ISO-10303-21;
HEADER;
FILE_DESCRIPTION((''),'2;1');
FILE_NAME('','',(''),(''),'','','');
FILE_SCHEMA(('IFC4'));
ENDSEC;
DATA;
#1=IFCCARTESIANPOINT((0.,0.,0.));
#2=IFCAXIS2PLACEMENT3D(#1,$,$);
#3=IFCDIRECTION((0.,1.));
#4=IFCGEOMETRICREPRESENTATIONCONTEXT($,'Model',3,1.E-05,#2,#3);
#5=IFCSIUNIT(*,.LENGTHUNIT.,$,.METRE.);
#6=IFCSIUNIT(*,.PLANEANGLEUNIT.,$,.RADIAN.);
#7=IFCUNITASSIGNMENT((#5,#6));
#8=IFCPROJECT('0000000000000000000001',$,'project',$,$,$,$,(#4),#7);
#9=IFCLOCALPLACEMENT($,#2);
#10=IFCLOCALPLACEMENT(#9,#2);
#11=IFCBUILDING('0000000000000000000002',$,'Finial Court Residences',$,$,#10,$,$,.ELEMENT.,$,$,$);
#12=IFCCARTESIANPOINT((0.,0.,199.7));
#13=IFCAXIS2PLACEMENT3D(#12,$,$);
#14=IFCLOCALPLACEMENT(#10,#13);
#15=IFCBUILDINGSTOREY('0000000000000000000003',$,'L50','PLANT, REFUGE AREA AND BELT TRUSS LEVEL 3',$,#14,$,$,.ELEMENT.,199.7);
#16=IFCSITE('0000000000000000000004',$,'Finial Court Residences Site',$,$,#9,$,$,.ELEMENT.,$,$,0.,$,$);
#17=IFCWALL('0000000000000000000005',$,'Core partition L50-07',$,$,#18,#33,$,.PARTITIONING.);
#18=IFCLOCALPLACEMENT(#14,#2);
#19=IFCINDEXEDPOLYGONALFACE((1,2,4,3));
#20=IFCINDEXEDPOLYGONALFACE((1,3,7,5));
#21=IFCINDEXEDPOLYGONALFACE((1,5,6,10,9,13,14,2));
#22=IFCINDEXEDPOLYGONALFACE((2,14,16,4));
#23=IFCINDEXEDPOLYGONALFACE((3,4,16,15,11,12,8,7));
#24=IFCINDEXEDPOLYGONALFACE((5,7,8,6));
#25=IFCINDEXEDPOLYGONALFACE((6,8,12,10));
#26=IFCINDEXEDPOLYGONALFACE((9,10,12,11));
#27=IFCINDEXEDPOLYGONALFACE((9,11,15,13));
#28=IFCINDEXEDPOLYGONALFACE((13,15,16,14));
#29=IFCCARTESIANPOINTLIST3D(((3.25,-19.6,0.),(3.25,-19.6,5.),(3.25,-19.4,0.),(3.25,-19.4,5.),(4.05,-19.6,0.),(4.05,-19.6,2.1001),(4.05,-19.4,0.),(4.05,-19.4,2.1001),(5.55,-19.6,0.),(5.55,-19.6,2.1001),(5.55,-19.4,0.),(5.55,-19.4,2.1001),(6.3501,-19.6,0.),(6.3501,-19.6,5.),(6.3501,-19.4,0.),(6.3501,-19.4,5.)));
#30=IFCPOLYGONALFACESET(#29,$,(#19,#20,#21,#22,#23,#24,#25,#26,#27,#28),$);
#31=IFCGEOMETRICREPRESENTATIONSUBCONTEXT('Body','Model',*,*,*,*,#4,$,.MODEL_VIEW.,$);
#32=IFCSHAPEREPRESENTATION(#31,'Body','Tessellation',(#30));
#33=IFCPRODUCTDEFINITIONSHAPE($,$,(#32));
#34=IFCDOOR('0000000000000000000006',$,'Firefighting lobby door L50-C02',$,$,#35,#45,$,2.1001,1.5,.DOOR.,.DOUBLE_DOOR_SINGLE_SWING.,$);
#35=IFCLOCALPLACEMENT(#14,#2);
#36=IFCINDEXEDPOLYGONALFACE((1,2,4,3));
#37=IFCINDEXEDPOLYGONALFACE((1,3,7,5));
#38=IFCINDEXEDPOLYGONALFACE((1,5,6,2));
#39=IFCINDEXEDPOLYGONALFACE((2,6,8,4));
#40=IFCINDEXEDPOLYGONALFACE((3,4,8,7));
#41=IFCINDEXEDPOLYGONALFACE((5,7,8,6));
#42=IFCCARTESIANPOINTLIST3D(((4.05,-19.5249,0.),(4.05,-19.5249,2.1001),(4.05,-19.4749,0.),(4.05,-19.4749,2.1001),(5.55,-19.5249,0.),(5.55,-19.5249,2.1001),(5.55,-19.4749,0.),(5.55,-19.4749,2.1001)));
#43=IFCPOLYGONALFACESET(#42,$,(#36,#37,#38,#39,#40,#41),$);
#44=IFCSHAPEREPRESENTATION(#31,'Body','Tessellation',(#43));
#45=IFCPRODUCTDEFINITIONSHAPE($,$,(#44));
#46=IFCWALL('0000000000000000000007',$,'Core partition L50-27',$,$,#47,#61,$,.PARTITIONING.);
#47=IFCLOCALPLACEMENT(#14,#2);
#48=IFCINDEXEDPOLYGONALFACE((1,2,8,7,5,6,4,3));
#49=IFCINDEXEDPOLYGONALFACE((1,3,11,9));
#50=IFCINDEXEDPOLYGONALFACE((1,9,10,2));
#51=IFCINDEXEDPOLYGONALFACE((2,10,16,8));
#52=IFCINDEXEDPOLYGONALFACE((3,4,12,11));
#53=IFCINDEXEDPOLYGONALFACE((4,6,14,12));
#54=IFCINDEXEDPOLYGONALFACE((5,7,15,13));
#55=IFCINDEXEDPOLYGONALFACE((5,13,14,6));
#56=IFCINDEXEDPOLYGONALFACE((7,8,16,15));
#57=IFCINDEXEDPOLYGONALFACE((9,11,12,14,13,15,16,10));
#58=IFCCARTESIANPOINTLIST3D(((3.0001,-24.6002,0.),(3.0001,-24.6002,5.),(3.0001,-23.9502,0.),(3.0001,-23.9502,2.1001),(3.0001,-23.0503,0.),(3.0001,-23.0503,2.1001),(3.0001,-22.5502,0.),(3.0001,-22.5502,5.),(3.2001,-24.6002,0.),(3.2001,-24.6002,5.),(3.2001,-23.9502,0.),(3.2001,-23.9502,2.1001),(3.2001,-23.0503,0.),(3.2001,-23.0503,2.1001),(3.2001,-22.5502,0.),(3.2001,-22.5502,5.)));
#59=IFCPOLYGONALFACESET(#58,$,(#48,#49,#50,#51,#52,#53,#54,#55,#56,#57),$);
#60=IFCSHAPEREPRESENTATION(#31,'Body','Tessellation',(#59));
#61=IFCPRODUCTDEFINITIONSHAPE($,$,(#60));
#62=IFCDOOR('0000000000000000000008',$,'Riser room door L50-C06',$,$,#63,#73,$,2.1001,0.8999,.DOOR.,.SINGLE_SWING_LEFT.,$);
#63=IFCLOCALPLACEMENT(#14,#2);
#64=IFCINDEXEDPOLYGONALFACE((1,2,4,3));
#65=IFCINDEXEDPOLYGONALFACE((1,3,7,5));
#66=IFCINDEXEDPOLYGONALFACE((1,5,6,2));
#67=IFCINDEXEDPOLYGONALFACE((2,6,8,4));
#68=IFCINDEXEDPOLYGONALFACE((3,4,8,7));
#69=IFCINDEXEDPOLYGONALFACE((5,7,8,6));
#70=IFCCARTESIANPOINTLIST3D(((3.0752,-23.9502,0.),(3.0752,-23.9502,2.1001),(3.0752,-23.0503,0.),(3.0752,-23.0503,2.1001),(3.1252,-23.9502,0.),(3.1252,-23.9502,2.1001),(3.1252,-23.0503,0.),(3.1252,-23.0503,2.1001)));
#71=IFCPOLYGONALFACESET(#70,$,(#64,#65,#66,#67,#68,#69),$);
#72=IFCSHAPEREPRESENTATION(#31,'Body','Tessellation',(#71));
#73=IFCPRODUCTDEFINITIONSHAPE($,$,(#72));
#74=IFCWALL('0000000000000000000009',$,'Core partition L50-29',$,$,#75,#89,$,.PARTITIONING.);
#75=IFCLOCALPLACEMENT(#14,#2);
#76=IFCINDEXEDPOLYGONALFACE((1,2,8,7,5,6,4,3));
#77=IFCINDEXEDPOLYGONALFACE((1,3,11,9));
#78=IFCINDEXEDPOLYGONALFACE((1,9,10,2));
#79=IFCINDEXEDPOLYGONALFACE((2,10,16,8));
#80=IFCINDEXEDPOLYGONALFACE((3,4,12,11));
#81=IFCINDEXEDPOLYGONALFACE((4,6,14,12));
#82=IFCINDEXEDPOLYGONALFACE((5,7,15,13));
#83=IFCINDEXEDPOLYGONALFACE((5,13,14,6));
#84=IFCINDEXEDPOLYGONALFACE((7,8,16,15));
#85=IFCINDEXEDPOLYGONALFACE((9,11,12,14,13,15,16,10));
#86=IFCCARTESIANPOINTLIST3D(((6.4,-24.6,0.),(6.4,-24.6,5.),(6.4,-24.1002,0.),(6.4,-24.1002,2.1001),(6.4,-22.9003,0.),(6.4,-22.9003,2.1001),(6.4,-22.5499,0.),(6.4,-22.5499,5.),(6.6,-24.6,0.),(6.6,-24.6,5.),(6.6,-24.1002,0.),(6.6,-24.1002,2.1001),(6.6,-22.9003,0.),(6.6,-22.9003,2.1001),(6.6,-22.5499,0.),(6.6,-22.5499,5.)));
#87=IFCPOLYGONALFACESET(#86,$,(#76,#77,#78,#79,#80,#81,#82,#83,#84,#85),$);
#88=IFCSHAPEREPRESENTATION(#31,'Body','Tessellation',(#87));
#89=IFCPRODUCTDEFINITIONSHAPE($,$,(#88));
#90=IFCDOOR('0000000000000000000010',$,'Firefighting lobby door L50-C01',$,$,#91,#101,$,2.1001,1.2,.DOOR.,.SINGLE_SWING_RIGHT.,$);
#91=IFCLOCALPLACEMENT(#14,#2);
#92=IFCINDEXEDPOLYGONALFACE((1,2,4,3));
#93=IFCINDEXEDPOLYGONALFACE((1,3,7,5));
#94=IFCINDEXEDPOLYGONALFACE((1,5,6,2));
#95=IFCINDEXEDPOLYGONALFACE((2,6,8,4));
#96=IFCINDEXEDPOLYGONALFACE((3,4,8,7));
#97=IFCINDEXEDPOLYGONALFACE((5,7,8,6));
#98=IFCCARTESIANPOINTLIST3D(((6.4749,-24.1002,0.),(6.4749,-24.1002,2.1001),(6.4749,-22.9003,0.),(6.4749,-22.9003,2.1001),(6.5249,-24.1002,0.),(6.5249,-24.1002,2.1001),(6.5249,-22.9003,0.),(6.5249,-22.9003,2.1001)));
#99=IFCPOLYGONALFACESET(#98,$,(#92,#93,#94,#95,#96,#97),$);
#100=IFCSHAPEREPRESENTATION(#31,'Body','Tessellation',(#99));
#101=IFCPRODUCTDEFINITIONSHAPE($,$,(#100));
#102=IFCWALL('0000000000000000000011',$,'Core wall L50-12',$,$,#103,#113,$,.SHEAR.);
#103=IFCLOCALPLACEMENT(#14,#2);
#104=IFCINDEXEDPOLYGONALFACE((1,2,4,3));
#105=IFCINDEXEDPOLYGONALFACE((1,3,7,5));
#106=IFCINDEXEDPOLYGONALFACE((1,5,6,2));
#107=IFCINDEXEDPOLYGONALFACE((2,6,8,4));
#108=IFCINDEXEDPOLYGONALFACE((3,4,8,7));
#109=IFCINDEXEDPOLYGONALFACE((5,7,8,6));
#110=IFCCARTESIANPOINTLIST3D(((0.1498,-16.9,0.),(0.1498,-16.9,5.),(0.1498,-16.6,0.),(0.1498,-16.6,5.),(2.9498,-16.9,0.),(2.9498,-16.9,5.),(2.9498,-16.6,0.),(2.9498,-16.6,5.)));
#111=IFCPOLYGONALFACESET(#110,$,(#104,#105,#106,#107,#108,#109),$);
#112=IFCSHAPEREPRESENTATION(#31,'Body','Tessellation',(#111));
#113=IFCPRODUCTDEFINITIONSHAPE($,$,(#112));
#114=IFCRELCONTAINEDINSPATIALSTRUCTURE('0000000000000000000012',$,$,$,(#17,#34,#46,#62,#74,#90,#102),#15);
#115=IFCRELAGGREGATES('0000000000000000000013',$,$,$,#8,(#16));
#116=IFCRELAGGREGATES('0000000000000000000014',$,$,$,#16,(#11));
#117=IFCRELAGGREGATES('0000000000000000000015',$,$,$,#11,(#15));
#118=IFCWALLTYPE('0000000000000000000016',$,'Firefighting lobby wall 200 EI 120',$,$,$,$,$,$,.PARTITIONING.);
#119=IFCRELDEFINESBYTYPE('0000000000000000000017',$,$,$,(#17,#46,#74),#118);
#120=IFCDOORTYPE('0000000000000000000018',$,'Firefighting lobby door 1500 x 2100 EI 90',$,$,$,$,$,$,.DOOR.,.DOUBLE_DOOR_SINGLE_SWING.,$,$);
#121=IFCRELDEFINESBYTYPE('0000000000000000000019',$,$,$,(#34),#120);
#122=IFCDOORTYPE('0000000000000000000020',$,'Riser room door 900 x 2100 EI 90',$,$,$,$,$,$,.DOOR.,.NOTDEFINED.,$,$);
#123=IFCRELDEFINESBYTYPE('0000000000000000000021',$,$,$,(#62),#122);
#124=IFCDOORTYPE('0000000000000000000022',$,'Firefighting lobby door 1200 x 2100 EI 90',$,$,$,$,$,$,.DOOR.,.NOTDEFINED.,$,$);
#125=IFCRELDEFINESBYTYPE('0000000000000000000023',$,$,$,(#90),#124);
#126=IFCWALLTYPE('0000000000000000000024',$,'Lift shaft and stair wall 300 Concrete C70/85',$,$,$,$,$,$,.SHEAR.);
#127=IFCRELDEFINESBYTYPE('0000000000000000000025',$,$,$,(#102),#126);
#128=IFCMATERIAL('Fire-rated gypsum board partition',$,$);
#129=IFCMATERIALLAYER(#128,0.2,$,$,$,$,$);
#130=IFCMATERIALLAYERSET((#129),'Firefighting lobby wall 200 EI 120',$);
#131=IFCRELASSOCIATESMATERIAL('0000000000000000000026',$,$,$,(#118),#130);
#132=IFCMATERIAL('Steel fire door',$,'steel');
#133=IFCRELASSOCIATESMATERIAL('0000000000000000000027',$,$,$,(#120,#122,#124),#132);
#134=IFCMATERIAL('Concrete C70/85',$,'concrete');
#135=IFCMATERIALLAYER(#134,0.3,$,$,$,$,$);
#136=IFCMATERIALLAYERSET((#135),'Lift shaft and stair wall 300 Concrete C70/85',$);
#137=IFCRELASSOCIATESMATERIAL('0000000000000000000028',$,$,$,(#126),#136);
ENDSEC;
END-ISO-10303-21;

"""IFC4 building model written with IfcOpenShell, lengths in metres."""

from ifc_helpers import new_model, si_unit, direction, frame, frame_2d, origin, place, context, subcontext, project, spatial, rectangle, extrude, material, layer, layer_set, type_object, element, fill, save


model = new_model("IFC4")

# Units and contexts
model_context = context("Model", 3, precision=1e-05, world=origin(), true_north=direction((0.0, 1.0)))
body_context = subcontext(model_context, "Body", "Model", "MODEL_VIEW")
ifc_project = project(units=[si_unit("LENGTHUNIT", "METRE"), si_unit("PLANEANGLEUNIT", "RADIAN")], contexts=[model_context])

# Site, building, storey
site_placement = place(None, origin())
site = spatial("IfcSite", under=ifc_project, at=site_placement, Name="Finial Court Residences Site", CompositionType="ELEMENT", RefElevation=0.0)
building_placement = place(site_placement, origin())
building = spatial("IfcBuilding", under=site, at=building_placement, Name="Finial Court Residences", CompositionType="ELEMENT")
storey_placement = place(building_placement, frame((0.0, 0.0, 199.7)))
storey = spatial("IfcBuildingStorey", under=building, at=storey_placement, Name="L50", Description="PLANT, REFUGE AREA AND BELT TRUSS LEVEL 3", CompositionType="ELEMENT", Elevation=199.7)

# Walls, openings, doors
ifc_material_1 = material(Name="Fire-rated gypsum board partition")
ifc_layer_1 = layer(ifc_material_1, 0.2)
ifc_layer_set_1 = layer_set([ifc_layer_1], Name="Firefighting lobby wall 200 EI 120")
wall_type_1 = type_object("IfcWallType", Name="Firefighting lobby wall 200 EI 120", PredefinedType="PARTITIONING", material=ifc_layer_set_1)
wall_1_placement = place(storey_placement, frame((6.3501, -19.5, 0.0), z_axis=(0.0, 0.0, 1.0), x_axis=(-1.0, 0.0, 0.0)))
wall_1 = element("IfcWall", 1, at=wall_1_placement, inside=storey, type_object=wall_type_1, Name="Core partition L50-07", PredefinedType="PARTITIONING", context=body_context, shape_type="SweptSolid", body=[
    extrude(rectangle(XDim=3.1001, YDim=0.2, at=frame_2d((1.55, 0.0))), origin(), (0.0, 0.0, 1.0), 5.0),
])
opening_1_placement = place(wall_1_placement, frame((0.8, 0.0, 0.0)))
opening_1 = element("IfcOpeningElement", 2, at=opening_1_placement, cuts=wall_1, PredefinedType="OPENING", context=body_context, shape_type="SweptSolid", body=[
    extrude(rectangle(XDim=1.5, YDim=2.1001, at=frame_2d((0.75, 1.05))), frame((0.0, 0.1099, 0.0), z_axis=(0.0, -1.0, 0.0), x_axis=(1.0, 0.0, 0.0)), (0.0, 0.0, 1.0), 0.22),
])
ifc_material_2 = material(Name="Steel fire door", Category="steel")
door_type_1 = type_object("IfcDoorType", Name="Firefighting lobby door 1500 x 2100 EI 90", OperationType="DOUBLE_DOOR_SINGLE_SWING", PredefinedType="DOOR", material=ifc_material_2)
door_1_placement = place(opening_1_placement, origin())
door_1 = element("IfcDoor", 3, at=door_1_placement, inside=storey, type_object=door_type_1, Name="Firefighting lobby door L50-C02", OperationType="DOUBLE_DOOR_SINGLE_SWING", OverallHeight=2.1001, OverallWidth=1.5, PredefinedType="DOOR", context=body_context, shape_type="SweptSolid", body=[
    extrude(rectangle(XDim=1.5, YDim=2.1001, at=frame_2d((0.75, 1.05))), frame((0.0, 0.0249, 0.0), z_axis=(0.0, -1.0, 0.0), x_axis=(1.0, 0.0, 0.0)), (0.0, 0.0, 1.0), 0.05),
])
fill(opening_1, door_1)
wall_2_placement = place(storey_placement, frame((3.1001, -24.6001, 0.0), z_axis=(0.0, 0.0, 1.0), x_axis=(0.0, 1.0, 0.0)))
wall_2 = element("IfcWall", 4, at=wall_2_placement, inside=storey, type_object=wall_type_1, Name="Core partition L50-27", PredefinedType="PARTITIONING", context=body_context, shape_type="SweptSolid", body=[
    extrude(rectangle(XDim=2.05, YDim=0.2, at=frame_2d((1.0249, 0.0))), origin(), (0.0, 0.0, 1.0), 5.0),
])
opening_2_placement = place(wall_2_placement, frame((0.6499, 0.0, 0.0)))
opening_2 = element("IfcOpeningElement", 5, at=opening_2_placement, cuts=wall_2, PredefinedType="OPENING", context=body_context, shape_type="SweptSolid", body=[
    extrude(rectangle(XDim=0.8999, YDim=2.1001, at=frame_2d((0.45, 1.05))), frame((0.0, 0.1099, 0.0), z_axis=(0.0, -1.0, 0.0), x_axis=(1.0, 0.0, 0.0)), (0.0, 0.0, 1.0), 0.22),
])
door_type_2 = type_object("IfcDoorType", Name="Riser room door 900 x 2100 EI 90", OperationType="NOTDEFINED", PredefinedType="DOOR", material=ifc_material_2)
door_2_placement = place(opening_2_placement, origin())
door_2 = element("IfcDoor", 6, at=door_2_placement, inside=storey, type_object=door_type_2, Name="Riser room door L50-C06", OperationType="SINGLE_SWING_LEFT", OverallHeight=2.1001, OverallWidth=0.8999, PredefinedType="DOOR", context=body_context, shape_type="SweptSolid", body=[
    extrude(rectangle(XDim=0.8999, YDim=2.1001, at=frame_2d((0.45, 1.05))), frame((0.0, 0.0249, 0.0), z_axis=(0.0, -1.0, 0.0), x_axis=(1.0, 0.0, 0.0)), (0.0, 0.0, 1.0), 0.05),
])
fill(opening_2, door_2)
wall_3_placement = place(storey_placement, frame((6.5, -22.55, 0.0), z_axis=(0.0, 0.0, 1.0), x_axis=(0.0, -1.0, 0.0)))
wall_3 = element("IfcWall", 7, at=wall_3_placement, inside=storey, type_object=wall_type_1, Name="Core partition L50-29", PredefinedType="PARTITIONING", context=body_context, shape_type="SweptSolid", body=[
    extrude(rectangle(XDim=2.05, YDim=0.2, at=frame_2d((1.0249, 0.0))), origin(), (0.0, 0.0, 1.0), 5.0),
])
opening_3_placement = place(wall_3_placement, frame((0.3501, 0.0, 0.0)))
opening_3 = element("IfcOpeningElement", 8, at=opening_3_placement, cuts=wall_3, PredefinedType="OPENING", context=body_context, shape_type="SweptSolid", body=[
    extrude(rectangle(XDim=1.2, YDim=2.1001, at=frame_2d((0.6001, 1.05))), frame((0.0, 0.1099, 0.0), z_axis=(0.0, -1.0, 0.0), x_axis=(1.0, 0.0, 0.0)), (0.0, 0.0, 1.0), 0.22),
])
door_type_3 = type_object("IfcDoorType", Name="Firefighting lobby door 1200 x 2100 EI 90", OperationType="NOTDEFINED", PredefinedType="DOOR", material=ifc_material_2)
door_3_placement = place(opening_3_placement, origin())
door_3 = element("IfcDoor", 9, at=door_3_placement, inside=storey, type_object=door_type_3, Name="Firefighting lobby door L50-C01", OperationType="SINGLE_SWING_RIGHT", OverallHeight=2.1001, OverallWidth=1.2, PredefinedType="DOOR", context=body_context, shape_type="SweptSolid", body=[
    extrude(rectangle(XDim=1.2, YDim=2.1001, at=frame_2d((0.6001, 1.05))), frame((0.0, 0.0249, 0.0), z_axis=(0.0, -1.0, 0.0), x_axis=(1.0, 0.0, 0.0)), (0.0, 0.0, 1.0), 0.05),
])
fill(opening_3, door_3)

# Wall
ifc_material_3 = material(Name="Concrete C70/85", Category="concrete")
ifc_layer_2 = layer(ifc_material_3, 0.3)
ifc_layer_set_2 = layer_set([ifc_layer_2], Name="Lift shaft and stair wall 300 Concrete C70/85")
wall_type_2 = type_object("IfcWallType", Name="Lift shaft and stair wall 300 Concrete C70/85", PredefinedType="SHEAR", material=ifc_layer_set_2)
wall_4_placement = place(storey_placement, frame((0.1499, -16.75, 0.0), z_axis=(0.0, 0.0, 1.0), x_axis=(1.0, 0.0, 0.0)))
element("IfcWall", 10, at=wall_4_placement, inside=storey, type_object=wall_type_2, Name="Core wall L50-12", PredefinedType="SHEAR", context=body_context, shape_type="SweptSolid", body=[
    extrude(rectangle(XDim=2.8, YDim=0.3, at=frame_2d((1.3999, 0.0))), origin(), (0.0, 0.0, 1.0), 5.0),
])

save(model, "model.ifc")
